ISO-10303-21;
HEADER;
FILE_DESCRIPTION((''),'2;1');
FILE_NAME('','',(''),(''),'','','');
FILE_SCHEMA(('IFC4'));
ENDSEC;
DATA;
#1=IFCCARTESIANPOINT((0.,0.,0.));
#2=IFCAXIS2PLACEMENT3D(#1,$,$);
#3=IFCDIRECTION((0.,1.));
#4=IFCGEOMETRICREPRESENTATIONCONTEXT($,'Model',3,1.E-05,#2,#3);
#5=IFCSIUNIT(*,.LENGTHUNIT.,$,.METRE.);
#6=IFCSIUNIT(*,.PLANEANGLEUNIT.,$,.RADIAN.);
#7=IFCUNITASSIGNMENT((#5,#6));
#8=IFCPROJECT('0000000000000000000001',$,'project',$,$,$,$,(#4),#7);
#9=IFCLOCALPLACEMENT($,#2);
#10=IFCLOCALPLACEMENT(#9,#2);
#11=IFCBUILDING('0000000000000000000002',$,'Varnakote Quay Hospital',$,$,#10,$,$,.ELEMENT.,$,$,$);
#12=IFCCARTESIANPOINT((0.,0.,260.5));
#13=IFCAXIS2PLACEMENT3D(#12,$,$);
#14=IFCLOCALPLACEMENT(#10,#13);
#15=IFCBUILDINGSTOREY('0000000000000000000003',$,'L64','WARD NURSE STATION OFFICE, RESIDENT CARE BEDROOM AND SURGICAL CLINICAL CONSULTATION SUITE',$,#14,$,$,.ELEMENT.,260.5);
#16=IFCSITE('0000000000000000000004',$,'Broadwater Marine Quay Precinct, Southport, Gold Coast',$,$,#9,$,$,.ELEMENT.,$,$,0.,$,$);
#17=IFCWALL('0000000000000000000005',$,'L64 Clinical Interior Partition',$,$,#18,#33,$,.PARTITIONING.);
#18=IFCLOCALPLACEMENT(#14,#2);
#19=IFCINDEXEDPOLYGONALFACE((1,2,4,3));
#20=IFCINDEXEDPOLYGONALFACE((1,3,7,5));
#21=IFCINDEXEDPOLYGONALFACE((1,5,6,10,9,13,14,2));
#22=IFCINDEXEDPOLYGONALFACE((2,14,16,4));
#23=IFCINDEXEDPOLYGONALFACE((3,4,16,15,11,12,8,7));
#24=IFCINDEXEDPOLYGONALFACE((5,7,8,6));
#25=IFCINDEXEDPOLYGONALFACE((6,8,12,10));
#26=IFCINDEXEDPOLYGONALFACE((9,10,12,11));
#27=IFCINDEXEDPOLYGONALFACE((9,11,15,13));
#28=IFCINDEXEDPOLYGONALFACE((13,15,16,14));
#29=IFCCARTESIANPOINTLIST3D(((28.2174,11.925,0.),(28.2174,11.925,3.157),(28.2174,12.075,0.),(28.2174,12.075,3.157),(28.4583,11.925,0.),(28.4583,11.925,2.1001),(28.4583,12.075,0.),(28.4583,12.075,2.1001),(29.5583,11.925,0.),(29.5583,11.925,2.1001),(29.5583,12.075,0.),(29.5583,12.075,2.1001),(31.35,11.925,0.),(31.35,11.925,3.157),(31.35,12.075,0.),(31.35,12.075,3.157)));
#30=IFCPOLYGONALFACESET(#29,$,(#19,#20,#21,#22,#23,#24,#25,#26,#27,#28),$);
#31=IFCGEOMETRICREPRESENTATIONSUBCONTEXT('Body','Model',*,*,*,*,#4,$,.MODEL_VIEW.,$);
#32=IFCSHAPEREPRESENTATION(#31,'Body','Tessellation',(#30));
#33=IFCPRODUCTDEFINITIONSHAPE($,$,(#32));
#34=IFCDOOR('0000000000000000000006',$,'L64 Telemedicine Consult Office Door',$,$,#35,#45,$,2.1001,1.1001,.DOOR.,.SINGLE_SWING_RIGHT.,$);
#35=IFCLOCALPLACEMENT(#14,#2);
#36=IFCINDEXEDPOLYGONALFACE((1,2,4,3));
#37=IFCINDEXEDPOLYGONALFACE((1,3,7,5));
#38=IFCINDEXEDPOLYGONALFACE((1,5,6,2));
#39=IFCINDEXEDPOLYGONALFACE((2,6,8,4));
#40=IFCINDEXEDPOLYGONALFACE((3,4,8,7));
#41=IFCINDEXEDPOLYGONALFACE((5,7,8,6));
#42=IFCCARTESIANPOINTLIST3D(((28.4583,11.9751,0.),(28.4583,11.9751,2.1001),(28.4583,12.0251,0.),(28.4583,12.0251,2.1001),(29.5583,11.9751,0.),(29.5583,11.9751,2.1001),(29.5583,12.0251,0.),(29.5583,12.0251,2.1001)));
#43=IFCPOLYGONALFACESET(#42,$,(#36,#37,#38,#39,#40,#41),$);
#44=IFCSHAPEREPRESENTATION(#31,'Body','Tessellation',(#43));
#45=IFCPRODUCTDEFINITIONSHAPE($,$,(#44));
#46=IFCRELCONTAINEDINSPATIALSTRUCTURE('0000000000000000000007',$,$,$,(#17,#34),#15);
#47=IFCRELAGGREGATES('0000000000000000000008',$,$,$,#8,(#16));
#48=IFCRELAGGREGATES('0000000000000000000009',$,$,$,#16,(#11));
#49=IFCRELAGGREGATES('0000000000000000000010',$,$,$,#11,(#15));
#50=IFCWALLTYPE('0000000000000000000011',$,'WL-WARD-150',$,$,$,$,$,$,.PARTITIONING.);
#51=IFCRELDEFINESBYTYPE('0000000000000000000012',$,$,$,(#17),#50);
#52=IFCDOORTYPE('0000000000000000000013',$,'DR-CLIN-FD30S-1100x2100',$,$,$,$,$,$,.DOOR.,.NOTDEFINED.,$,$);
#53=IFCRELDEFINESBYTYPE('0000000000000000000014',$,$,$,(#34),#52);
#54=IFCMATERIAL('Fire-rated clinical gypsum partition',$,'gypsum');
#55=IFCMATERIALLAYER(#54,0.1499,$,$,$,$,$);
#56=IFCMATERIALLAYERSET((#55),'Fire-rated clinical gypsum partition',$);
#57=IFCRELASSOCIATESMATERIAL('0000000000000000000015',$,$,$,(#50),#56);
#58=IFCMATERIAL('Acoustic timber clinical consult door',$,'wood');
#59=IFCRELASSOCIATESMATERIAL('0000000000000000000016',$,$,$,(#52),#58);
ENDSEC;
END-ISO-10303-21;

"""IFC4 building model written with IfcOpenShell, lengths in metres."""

from ifc_helpers import new_model, si_unit, direction, frame, frame_2d, origin, place, context, subcontext, project, spatial, rectangle, extrude, material, layer, layer_set, type_object, element, fill, save


model = new_model("IFC4")

# Units and contexts
model_context = context("Model", 3, precision=1e-05, world=origin(), true_north=direction((0.0, 1.0)))
body_context = subcontext(model_context, "Body", "Model", "MODEL_VIEW")
ifc_project = project(units=[si_unit("LENGTHUNIT", "METRE"), si_unit("PLANEANGLEUNIT", "RADIAN")], contexts=[model_context])

# Site, building, storey
site_placement = place(None, origin())
site = spatial("IfcSite", under=ifc_project, at=site_placement, Name="Broadwater Marine Quay Precinct, Southport, Gold Coast", CompositionType="ELEMENT", RefElevation=0.0)
building_placement = place(site_placement, origin())
building = spatial("IfcBuilding", under=site, at=building_placement, Name="Varnakote Quay Hospital", CompositionType="ELEMENT")
storey_placement = place(building_placement, frame((0.0, 0.0, 260.5)))
storey = spatial("IfcBuildingStorey", under=building, at=storey_placement, Name="L64", Description="WARD NURSE STATION OFFICE, RESIDENT CARE BEDROOM AND SURGICAL CLINICAL CONSULTATION SUITE", CompositionType="ELEMENT", Elevation=260.5)

# Wall, opening, door
ifc_material_1 = material(Name="Fire-rated clinical gypsum partition", Category="gypsum")
ifc_layer_1 = layer(ifc_material_1, 0.1499)
ifc_layer_set_1 = layer_set([ifc_layer_1], Name="Fire-rated clinical gypsum partition")
wall_type_1 = type_object("IfcWallType", Name="WL-WARD-150", PredefinedType="PARTITIONING", material=ifc_layer_set_1)
ifc_material_2 = material(Name="Acoustic timber clinical consult door", Category="wood")
door_type = type_object("IfcDoorType", Name="DR-CLIN-FD30S-1100x2100", OperationType="NOTDEFINED", PredefinedType="DOOR", material=ifc_material_2)
wall_1_placement = place(storey_placement, frame((31.3501, 12.0, 0.0), z_axis=(0.0, 0.0, 1.0), x_axis=(-1.0, 0.0, 0.0)))
wall_1 = element("IfcWall", 1, at=wall_1_placement, inside=storey, type_object=wall_type_1, Name="L64 Clinical Interior Partition", PredefinedType="PARTITIONING", context=body_context, shape_type="SweptSolid", body=[
    extrude(rectangle(XDim=3.1326, YDim=0.1499, at=frame_2d((1.5664, 0.0))), origin(), (0.0, 0.0, 1.0), 3.157),
])
opening_1_placement = place(wall_1_placement, frame((1.7917, 0.0, 0.0)))
opening_1 = element("IfcOpeningElement", 2, at=opening_1_placement, cuts=wall_1, PredefinedType="OPENING", context=body_context, shape_type="SweptSolid", body=[
    extrude(rectangle(XDim=1.1001, YDim=2.1001, at=frame_2d((0.55, 1.05))), frame((0.0, 0.085, 0.0), z_axis=(0.0, -1.0, 0.0), x_axis=(1.0, 0.0, 0.0)), (0.0, 0.0, 1.0), 0.1699),
])
door_1_placement = place(opening_1_placement, origin())
door_1 = element("IfcDoor", 3, at=door_1_placement, inside=storey, type_object=door_type, Name="L64 Telemedicine Consult Office Door", OperationType="SINGLE_SWING_RIGHT", OverallHeight=2.1001, OverallWidth=1.1001, PredefinedType="DOOR", context=body_context, shape_type="SweptSolid", body=[
    extrude(rectangle(XDim=1.1001, YDim=2.1001, at=frame_2d((0.55, 1.05))), frame((0.0, 0.0249, 0.0), z_axis=(0.0, -1.0, 0.0), x_axis=(1.0, 0.0, 0.0)), (0.0, 0.0, 1.0), 0.05),
])
fill(opening_1, door_1)

save(model, "model.ifc")
